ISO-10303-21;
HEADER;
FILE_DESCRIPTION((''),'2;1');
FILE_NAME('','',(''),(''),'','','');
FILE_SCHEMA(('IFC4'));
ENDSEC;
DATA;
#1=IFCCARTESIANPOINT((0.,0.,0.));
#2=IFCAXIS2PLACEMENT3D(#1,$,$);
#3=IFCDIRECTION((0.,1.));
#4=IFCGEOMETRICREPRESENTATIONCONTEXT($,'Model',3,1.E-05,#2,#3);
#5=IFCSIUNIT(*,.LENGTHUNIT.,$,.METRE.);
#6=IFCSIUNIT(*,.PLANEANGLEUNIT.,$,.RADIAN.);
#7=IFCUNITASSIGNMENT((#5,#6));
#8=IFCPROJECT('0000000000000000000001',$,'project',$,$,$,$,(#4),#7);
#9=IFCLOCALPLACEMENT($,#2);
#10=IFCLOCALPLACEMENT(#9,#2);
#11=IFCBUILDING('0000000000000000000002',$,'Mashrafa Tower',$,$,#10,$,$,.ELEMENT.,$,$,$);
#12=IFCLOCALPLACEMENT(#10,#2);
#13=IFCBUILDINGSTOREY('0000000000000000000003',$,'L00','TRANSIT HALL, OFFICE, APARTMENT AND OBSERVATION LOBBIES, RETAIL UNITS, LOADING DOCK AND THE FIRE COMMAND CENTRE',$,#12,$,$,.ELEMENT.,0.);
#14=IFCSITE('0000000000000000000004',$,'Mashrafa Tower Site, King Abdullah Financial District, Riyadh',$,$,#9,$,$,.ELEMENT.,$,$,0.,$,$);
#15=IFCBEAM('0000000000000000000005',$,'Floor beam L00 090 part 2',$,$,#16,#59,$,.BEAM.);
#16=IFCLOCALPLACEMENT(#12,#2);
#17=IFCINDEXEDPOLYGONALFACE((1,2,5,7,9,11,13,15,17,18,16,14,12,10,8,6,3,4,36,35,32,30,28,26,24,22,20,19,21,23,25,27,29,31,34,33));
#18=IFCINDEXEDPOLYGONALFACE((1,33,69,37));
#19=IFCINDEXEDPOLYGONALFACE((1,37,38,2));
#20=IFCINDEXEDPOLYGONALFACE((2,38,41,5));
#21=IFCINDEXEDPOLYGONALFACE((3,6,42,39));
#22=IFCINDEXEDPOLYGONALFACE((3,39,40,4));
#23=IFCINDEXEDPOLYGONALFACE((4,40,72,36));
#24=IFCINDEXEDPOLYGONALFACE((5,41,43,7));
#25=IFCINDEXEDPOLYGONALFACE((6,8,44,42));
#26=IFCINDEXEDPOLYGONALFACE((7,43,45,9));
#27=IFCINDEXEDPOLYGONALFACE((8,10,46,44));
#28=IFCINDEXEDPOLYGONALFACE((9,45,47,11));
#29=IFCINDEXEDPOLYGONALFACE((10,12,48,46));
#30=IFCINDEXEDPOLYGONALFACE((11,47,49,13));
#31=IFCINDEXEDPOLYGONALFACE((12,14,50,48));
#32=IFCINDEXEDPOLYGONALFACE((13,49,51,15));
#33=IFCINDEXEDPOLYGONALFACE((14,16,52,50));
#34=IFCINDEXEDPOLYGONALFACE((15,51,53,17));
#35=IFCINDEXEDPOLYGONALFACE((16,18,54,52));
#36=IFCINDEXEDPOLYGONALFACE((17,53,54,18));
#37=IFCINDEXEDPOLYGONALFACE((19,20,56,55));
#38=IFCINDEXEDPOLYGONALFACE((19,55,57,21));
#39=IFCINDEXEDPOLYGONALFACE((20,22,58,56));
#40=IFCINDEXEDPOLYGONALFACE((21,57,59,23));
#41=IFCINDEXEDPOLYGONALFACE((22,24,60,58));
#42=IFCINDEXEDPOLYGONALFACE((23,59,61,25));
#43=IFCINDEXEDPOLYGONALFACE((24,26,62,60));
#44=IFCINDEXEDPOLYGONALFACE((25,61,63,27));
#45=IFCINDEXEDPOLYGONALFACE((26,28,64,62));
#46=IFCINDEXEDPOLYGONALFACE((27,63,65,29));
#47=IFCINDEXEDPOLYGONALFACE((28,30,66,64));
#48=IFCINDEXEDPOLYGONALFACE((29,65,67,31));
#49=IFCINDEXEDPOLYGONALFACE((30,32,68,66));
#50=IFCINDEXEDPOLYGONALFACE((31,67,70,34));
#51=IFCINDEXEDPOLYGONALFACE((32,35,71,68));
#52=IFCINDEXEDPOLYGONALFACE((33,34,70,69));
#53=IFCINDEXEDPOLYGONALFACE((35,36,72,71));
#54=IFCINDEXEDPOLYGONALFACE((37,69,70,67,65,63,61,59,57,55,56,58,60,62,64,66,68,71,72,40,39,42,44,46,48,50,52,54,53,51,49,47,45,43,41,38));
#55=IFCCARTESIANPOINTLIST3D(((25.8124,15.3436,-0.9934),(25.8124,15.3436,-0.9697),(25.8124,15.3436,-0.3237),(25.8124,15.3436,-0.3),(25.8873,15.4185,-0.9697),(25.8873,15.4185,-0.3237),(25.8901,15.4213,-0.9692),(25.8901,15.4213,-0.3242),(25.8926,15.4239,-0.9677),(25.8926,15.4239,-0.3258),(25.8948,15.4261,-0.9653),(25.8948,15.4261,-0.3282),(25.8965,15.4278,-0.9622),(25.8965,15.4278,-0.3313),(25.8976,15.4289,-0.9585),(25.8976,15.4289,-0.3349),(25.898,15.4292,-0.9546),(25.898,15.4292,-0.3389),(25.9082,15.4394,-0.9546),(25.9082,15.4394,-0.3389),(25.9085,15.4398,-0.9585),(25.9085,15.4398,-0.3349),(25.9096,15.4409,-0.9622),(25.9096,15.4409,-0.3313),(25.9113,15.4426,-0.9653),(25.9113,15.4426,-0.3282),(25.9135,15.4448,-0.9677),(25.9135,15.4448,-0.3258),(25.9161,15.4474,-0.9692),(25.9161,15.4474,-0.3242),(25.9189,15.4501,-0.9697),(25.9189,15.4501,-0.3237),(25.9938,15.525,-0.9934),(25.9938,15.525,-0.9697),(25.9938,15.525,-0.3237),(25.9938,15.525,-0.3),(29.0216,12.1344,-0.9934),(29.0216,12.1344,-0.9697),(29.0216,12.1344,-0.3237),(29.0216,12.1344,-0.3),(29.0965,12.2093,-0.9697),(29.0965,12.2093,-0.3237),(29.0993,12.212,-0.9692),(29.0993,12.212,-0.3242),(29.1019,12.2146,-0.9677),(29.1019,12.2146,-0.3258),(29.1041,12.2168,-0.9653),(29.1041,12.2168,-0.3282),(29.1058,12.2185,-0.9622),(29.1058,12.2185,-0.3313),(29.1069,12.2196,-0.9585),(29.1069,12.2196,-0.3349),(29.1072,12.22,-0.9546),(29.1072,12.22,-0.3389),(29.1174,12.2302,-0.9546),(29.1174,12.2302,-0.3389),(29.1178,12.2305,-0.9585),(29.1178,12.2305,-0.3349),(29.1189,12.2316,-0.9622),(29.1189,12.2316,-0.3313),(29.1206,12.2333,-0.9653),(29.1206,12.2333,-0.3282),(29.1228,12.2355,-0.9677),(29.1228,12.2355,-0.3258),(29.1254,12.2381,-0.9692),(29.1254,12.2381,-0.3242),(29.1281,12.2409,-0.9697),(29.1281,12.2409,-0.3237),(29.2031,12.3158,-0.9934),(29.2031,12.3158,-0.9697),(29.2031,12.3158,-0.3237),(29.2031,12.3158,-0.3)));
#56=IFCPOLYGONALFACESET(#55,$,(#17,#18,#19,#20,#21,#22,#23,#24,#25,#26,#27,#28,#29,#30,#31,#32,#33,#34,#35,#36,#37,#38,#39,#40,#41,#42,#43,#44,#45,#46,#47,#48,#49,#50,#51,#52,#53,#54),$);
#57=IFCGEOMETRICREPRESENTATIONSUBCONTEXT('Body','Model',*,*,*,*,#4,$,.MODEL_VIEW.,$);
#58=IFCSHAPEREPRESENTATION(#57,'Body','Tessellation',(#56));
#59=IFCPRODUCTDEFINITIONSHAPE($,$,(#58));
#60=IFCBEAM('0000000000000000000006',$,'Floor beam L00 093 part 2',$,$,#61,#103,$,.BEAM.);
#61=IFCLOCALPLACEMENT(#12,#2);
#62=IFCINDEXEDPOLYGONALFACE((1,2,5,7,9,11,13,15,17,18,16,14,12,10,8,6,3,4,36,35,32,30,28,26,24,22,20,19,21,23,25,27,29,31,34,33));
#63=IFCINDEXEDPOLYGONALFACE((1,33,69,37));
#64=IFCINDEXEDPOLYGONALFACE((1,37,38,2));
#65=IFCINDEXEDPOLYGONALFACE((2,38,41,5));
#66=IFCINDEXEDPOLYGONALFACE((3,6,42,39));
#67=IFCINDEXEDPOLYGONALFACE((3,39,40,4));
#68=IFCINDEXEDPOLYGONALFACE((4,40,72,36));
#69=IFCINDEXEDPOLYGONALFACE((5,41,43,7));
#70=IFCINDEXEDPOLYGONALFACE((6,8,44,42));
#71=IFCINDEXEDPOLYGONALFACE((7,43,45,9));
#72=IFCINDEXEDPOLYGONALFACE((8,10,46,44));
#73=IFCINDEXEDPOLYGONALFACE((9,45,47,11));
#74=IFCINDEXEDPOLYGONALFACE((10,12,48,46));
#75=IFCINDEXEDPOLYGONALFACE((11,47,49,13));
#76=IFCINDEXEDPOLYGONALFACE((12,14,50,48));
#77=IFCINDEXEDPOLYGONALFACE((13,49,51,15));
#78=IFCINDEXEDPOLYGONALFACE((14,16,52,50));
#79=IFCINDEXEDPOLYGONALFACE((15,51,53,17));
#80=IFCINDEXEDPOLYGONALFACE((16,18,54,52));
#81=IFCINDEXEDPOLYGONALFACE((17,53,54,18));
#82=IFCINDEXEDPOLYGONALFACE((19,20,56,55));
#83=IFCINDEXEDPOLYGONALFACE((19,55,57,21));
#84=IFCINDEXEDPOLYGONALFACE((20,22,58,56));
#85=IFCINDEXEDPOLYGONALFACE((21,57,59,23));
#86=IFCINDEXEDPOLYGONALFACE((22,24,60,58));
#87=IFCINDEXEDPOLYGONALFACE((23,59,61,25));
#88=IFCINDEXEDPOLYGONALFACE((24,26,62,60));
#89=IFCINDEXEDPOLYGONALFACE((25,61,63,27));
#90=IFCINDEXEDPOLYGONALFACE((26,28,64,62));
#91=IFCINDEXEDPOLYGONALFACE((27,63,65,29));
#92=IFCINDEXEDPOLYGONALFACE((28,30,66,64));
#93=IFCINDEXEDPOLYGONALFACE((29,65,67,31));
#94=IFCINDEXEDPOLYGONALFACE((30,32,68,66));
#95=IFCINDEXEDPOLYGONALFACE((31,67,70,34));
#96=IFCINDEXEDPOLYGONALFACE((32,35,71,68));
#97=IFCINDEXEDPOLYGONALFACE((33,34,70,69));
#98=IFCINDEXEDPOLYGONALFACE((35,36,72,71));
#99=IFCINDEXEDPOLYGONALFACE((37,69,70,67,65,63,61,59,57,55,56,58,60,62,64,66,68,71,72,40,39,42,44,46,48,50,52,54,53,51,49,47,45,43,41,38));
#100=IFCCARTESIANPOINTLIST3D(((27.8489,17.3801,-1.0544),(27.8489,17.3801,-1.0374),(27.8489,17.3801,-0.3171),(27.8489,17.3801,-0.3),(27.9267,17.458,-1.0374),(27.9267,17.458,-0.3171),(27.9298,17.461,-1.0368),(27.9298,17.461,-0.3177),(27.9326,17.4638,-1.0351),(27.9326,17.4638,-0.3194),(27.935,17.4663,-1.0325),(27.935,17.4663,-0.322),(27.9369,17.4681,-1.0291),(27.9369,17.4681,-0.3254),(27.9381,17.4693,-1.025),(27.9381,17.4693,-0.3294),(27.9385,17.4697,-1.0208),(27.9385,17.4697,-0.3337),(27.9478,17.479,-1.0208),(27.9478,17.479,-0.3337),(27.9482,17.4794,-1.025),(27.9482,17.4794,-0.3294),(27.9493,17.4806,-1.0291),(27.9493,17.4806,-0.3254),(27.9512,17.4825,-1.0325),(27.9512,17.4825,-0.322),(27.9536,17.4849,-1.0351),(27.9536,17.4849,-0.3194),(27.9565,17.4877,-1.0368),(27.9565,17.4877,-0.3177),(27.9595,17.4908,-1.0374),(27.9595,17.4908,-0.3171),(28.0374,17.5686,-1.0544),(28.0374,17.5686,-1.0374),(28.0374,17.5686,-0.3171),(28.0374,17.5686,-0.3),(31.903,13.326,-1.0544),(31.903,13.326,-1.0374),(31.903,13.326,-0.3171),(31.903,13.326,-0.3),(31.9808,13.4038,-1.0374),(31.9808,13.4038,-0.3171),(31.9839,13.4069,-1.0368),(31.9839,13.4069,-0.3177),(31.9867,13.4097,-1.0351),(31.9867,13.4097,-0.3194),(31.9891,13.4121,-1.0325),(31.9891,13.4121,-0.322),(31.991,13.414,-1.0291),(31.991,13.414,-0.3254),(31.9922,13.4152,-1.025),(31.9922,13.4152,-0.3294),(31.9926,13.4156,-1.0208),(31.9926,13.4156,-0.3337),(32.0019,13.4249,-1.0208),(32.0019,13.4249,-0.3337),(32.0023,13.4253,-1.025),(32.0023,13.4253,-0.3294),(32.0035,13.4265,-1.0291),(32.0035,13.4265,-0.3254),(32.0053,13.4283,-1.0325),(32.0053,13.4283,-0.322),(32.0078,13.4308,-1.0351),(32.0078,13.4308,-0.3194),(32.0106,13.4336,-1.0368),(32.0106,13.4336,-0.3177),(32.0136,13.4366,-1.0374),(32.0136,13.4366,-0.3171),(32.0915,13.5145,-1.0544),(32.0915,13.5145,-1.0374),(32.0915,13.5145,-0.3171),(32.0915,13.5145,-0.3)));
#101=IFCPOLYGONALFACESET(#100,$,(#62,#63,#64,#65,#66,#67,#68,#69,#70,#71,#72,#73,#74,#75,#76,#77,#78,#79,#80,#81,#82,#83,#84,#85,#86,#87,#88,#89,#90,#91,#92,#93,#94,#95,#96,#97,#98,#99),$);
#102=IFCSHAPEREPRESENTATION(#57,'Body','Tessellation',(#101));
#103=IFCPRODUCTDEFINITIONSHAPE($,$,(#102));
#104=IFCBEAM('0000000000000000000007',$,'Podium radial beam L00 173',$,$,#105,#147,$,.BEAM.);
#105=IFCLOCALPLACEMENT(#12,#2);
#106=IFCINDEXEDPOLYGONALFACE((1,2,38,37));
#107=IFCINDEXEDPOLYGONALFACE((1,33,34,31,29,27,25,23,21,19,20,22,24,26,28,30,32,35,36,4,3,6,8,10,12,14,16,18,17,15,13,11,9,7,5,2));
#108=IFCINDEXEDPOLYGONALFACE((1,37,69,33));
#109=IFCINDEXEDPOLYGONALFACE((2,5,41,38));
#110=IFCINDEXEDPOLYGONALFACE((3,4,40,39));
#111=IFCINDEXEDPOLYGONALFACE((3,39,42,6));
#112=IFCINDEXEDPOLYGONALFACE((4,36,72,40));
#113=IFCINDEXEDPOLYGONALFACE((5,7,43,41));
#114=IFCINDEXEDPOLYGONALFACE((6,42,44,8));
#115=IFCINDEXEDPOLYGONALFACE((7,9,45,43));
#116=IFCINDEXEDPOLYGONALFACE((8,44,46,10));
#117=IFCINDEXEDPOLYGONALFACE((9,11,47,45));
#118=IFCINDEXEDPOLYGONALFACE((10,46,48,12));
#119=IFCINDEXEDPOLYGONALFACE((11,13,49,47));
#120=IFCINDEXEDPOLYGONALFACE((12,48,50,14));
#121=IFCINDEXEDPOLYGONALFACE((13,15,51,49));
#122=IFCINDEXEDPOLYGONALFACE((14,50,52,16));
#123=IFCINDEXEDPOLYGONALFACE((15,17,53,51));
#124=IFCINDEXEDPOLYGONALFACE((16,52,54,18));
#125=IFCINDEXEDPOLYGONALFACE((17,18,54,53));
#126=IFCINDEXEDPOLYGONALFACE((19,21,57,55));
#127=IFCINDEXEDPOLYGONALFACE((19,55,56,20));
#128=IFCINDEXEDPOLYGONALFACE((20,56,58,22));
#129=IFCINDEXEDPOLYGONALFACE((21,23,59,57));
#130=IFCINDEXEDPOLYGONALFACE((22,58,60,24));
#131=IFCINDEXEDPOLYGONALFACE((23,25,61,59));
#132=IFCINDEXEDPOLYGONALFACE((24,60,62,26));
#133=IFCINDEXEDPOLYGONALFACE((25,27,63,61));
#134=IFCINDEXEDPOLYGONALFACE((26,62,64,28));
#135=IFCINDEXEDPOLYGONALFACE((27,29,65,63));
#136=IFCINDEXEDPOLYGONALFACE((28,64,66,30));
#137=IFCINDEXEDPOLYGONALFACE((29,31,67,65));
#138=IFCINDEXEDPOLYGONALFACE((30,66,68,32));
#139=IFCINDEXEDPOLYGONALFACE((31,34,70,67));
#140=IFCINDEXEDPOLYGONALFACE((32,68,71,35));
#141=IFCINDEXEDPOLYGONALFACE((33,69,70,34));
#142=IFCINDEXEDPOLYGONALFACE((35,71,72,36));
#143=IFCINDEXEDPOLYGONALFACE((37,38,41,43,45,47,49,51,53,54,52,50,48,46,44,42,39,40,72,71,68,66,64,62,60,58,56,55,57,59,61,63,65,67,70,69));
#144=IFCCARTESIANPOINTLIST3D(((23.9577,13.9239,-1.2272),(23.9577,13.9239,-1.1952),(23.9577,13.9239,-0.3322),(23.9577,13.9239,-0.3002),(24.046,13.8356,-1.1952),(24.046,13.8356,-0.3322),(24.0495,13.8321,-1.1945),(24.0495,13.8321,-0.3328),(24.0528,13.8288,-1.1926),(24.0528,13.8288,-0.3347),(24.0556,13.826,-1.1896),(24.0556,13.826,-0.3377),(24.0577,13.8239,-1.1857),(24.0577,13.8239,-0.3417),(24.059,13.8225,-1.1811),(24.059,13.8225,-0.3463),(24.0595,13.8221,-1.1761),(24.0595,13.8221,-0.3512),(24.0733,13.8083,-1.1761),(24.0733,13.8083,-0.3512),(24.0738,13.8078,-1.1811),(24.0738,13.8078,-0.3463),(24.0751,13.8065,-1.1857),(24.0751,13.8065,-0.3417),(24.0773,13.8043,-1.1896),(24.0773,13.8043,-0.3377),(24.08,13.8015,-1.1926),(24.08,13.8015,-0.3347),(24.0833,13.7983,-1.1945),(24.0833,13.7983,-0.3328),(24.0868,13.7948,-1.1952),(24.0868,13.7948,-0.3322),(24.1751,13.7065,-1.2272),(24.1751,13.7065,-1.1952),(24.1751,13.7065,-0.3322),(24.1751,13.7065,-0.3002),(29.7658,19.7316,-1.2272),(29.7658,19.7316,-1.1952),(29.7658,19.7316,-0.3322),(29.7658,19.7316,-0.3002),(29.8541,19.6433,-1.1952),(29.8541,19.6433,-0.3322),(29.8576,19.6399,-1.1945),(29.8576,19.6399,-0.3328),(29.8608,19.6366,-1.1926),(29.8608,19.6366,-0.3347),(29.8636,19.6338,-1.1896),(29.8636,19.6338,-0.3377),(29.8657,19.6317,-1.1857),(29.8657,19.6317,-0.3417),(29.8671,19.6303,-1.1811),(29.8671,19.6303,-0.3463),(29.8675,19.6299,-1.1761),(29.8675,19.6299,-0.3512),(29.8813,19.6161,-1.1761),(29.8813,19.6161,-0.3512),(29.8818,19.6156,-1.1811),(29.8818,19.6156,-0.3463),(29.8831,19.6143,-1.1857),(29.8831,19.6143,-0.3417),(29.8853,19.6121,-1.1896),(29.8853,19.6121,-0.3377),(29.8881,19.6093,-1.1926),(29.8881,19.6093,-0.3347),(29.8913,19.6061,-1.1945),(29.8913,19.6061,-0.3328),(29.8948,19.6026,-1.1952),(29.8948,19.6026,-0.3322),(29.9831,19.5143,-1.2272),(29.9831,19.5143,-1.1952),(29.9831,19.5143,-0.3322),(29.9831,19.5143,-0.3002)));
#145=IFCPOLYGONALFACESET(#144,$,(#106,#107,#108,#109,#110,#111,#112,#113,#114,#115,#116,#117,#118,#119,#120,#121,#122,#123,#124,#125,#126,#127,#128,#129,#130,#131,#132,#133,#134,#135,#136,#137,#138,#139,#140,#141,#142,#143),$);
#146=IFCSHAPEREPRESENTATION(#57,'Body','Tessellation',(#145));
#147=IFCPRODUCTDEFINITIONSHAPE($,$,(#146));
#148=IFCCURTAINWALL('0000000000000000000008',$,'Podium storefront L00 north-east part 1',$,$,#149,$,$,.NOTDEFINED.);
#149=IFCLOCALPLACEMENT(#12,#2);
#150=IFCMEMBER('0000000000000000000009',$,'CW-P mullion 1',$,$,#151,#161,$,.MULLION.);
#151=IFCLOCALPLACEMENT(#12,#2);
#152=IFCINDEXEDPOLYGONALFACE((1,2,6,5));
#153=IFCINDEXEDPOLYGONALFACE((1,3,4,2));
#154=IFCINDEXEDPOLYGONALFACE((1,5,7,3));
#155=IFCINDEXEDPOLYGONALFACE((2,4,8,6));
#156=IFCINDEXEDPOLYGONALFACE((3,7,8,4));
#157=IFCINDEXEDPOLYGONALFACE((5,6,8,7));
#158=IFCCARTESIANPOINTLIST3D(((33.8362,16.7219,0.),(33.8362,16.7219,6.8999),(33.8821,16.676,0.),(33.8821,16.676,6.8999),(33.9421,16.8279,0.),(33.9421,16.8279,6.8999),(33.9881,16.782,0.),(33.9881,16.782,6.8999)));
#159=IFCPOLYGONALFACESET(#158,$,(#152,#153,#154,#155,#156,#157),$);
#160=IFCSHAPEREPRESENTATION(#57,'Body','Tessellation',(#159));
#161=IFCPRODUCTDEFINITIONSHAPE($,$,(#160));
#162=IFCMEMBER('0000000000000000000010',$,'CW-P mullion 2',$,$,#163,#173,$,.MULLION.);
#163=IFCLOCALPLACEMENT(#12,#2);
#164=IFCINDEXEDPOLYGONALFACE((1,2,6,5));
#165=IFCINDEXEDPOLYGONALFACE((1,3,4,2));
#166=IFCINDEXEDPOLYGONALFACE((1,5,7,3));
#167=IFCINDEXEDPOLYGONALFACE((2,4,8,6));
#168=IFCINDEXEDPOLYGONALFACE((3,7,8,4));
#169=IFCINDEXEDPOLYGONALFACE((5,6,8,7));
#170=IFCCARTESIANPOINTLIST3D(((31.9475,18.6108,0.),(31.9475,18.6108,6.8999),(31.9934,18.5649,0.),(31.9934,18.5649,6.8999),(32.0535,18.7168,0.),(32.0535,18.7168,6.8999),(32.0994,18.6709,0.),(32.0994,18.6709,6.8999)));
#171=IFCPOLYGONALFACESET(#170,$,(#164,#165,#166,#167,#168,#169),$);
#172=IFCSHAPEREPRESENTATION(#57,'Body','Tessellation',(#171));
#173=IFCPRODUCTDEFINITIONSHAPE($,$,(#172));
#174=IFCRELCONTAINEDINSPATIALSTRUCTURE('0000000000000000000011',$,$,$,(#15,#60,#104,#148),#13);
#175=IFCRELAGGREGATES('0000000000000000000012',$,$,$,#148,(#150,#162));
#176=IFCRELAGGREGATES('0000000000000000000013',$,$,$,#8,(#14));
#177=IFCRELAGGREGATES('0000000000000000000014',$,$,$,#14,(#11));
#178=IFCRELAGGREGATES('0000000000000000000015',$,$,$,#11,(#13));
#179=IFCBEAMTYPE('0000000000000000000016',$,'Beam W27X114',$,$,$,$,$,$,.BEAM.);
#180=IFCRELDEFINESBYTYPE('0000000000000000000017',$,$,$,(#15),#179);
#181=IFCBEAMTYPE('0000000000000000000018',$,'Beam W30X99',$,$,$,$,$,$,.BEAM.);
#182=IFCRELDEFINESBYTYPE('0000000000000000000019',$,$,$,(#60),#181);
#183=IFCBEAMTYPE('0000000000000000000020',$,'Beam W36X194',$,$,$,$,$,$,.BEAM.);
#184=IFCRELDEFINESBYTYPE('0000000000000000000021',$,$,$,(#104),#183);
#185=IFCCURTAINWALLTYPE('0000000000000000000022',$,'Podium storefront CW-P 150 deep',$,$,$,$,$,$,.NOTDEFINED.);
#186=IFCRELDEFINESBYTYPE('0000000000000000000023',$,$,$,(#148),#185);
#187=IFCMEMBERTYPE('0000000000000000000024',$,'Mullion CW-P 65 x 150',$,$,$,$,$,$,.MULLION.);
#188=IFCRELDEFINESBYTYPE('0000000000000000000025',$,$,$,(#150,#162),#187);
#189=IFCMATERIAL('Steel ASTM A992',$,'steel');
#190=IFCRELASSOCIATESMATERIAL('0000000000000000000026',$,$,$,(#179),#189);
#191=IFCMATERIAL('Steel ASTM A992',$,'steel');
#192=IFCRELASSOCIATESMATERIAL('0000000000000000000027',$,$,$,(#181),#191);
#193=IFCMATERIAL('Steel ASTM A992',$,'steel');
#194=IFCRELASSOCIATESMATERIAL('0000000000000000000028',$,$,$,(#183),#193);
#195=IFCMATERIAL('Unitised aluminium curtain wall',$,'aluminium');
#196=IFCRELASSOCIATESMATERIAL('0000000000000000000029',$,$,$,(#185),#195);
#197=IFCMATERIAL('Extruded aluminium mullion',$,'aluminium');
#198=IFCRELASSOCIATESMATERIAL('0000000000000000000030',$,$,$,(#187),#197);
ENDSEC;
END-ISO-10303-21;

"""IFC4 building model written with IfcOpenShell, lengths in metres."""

from ifc_helpers import new_model, si_unit, direction, frame, origin, origin_2d, place, context, subcontext, project, spatial, rectangle, i_section, extrude, source, transform, mapped, material, material_profile, profile_set, type_object, type_shapes, element, aggregate, save


model = new_model("IFC4")

# Units and contexts
model_context = context("Model", 3, precision=1e-05, world=origin(), true_north=direction((0.0, 1.0)))
body_context = subcontext(model_context, "Body", "Model", "MODEL_VIEW")
ifc_project = project(units=[si_unit("LENGTHUNIT", "METRE"), si_unit("PLANEANGLEUNIT", "RADIAN")], contexts=[model_context])

# Site, building, storey
site_placement = place(None, origin())
site = spatial("IfcSite", under=ifc_project, at=site_placement, Name="Mashrafa Tower Site, King Abdullah Financial District, Riyadh", CompositionType="ELEMENT", RefElevation=0.0)
building_placement = place(site_placement, origin())
building = spatial("IfcBuilding", under=site, at=building_placement, Name="Mashrafa Tower", CompositionType="ELEMENT")
storey_placement = place(building_placement, origin())
storey = spatial("IfcBuildingStorey", under=building, at=storey_placement, Name="L00", Description="TRANSIT HALL, OFFICE, APARTMENT AND OBSERVATION LOBBIES, RETAIL UNITS, LOADING DOCK AND THE FIRE COMMAND CENTRE", CompositionType="ELEMENT", Elevation=0.0)

# Beams
ifc_material_1 = material(Name="Steel ASTM A992", Category="steel")
ifc_material_profile_1 = material_profile(ifc_material_1, i_section(OverallWidth=0.2566, OverallDepth=0.6934, WebThickness=0.0144, FlangeThickness=0.0237, FilletRadius=0.0151, at=origin_2d()), Name="W27X114")
ifc_profile_set_1 = profile_set([ifc_material_profile_1], Name="Steel ASTM A992")
beam_type_1 = type_object("IfcBeamType", Name="Beam W27X114", PredefinedType="BEAM", material=ifc_profile_set_1)
beam_1_placement = place(storey_placement, frame((25.9031, 15.4343, -0.6467), z_axis=(0.707107, -0.707107, 0.0), x_axis=(0.707107, 0.707107, 0.0)))
element("IfcBeam", 1, at=beam_1_placement, inside=storey, type_object=beam_type_1, Name="Floor beam L00 090 part 2", PredefinedType="BEAM", context=body_context, shape_type="SweptSolid", body=[
    extrude(i_section(OverallWidth=0.2566, OverallDepth=0.6934, WebThickness=0.0144, FlangeThickness=0.0237, FilletRadius=0.0151, at=origin_2d()), origin(), (0.0, 0.0, 1.0), 4.5386),
])
ifc_material_2 = material(Name="Steel ASTM A992", Category="steel")
ifc_material_profile_2 = material_profile(ifc_material_2, i_section(OverallWidth=0.2666, OverallDepth=0.7544, WebThickness=0.0132, FlangeThickness=0.0171, FilletRadius=0.0166, at=origin_2d()), Name="W30X99")
ifc_profile_set_2 = profile_set([ifc_material_profile_2], Name="Steel ASTM A992")
beam_type_2 = type_object("IfcBeamType", Name="Beam W30X99", PredefinedType="BEAM", material=ifc_profile_set_2)
beam_2_placement = place(storey_placement, frame((27.9431, 17.4744, -0.6772), z_axis=(0.707107, -0.707107, 0.0), x_axis=(0.707107, 0.707107, 0.0)))
element("IfcBeam", 2, at=beam_2_placement, inside=storey, type_object=beam_type_2, Name="Floor beam L00 093 part 2", PredefinedType="BEAM", context=body_context, shape_type="SweptSolid", body=[
    extrude(i_section(OverallWidth=0.2666, OverallDepth=0.7544, WebThickness=0.0132, FlangeThickness=0.0171, FilletRadius=0.0166, at=origin_2d()), origin(), (0.0, 0.0, 1.0), 5.7334),
])
ifc_material_3 = material(Name="Steel ASTM A992", Category="steel")
ifc_material_profile_3 = material_profile(ifc_material_3, i_section(OverallWidth=0.3074, OverallDepth=0.927, WebThickness=0.0195, FlangeThickness=0.032, FilletRadius=0.019, at=origin_2d()), Name="W36X194")
ifc_profile_set_3 = profile_set([ifc_material_profile_3], Name="Steel ASTM A992")
beam_type_3 = type_object("IfcBeamType", Name="Beam W36X194", PredefinedType="BEAM", material=ifc_profile_set_3)
beam_3_placement = place(storey_placement, frame((24.0664, 13.8152, -0.7637), z_axis=(0.707122, 0.707092, 0.0), x_axis=(-0.707092, 0.707122, 0.0)))
element("IfcBeam", 3, at=beam_3_placement, inside=storey, type_object=beam_type_3, Name="Podium radial beam L00 173", PredefinedType="BEAM", context=body_context, shape_type="SweptSolid", body=[
    extrude(i_section(OverallWidth=0.3074, OverallDepth=0.927, WebThickness=0.0195, FlangeThickness=0.032, FilletRadius=0.019, at=origin_2d()), origin(), (0.0, 0.0, 1.0), 8.2136),
])

# Curtain wall, members
ifc_material_4 = material(Name="Unitised aluminium curtain wall", Category="aluminium")
curtain_wall_type = type_object("IfcCurtainWallType", Name="Podium storefront CW-P 150 deep", PredefinedType="NOTDEFINED", material=ifc_material_4)
curtain_wall_placement = place(storey_placement, origin())
curtain_wall = element("IfcCurtainWall", 4, at=curtain_wall_placement, inside=storey, type_object=curtain_wall_type, Name="Podium storefront L00 north-east part 1", PredefinedType="NOTDEFINED")
ifc_material_5 = material(Name="Extruded aluminium mullion", Category="aluminium")
ifc_material_profile_4 = material_profile(ifc_material_5, rectangle(XDim=0.1499, YDim=0.0649, at=origin_2d()), Name="Mullion 65x150")
ifc_profile_set_4 = profile_set([ifc_material_profile_4], Name="Extruded aluminium mullion")
member_type_1 = type_object("IfcMemberType", Name="Mullion CW-P 65 x 150", PredefinedType="MULLION", material=ifc_profile_set_4)
shared_shape_1 = source(origin(), body_context, "Body", "SweptSolid", [
    extrude(rectangle(XDim=0.1499, YDim=0.0649, at=origin_2d()), origin(), (0.0, 0.0, 1.0), 6.8999),
])
type_shapes(member_type_1, [shared_shape_1])
member_1_placement = place(storey_placement, frame((33.9121, 16.752, 0.0), z_axis=(0.0, 0.0, 1.0), x_axis=(-0.707107, -0.707107, 0.0)))
member_1 = element("IfcMember", 5, at=member_1_placement, type_object=member_type_1, Name="CW-P mullion 1", PredefinedType="MULLION", context=body_context, shape_type="MappedRepresentation", body=[
    mapped(shared_shape_1, transform((0.0, 0.0, 0.0))),
])
member_2_placement = place(storey_placement, frame((32.0234, 18.6409, 0.0), z_axis=(0.0, 0.0, 1.0), x_axis=(-0.707107, -0.707107, 0.0)))
member_2 = element("IfcMember", 6, at=member_2_placement, type_object=member_type_1, Name="CW-P mullion 2", PredefinedType="MULLION", context=body_context, shape_type="MappedRepresentation", body=[
    mapped(shared_shape_1, transform((0.0, 0.0, 0.0))),
])
aggregate(curtain_wall, [member_1, member_2])

save(model, "model.ifc")
